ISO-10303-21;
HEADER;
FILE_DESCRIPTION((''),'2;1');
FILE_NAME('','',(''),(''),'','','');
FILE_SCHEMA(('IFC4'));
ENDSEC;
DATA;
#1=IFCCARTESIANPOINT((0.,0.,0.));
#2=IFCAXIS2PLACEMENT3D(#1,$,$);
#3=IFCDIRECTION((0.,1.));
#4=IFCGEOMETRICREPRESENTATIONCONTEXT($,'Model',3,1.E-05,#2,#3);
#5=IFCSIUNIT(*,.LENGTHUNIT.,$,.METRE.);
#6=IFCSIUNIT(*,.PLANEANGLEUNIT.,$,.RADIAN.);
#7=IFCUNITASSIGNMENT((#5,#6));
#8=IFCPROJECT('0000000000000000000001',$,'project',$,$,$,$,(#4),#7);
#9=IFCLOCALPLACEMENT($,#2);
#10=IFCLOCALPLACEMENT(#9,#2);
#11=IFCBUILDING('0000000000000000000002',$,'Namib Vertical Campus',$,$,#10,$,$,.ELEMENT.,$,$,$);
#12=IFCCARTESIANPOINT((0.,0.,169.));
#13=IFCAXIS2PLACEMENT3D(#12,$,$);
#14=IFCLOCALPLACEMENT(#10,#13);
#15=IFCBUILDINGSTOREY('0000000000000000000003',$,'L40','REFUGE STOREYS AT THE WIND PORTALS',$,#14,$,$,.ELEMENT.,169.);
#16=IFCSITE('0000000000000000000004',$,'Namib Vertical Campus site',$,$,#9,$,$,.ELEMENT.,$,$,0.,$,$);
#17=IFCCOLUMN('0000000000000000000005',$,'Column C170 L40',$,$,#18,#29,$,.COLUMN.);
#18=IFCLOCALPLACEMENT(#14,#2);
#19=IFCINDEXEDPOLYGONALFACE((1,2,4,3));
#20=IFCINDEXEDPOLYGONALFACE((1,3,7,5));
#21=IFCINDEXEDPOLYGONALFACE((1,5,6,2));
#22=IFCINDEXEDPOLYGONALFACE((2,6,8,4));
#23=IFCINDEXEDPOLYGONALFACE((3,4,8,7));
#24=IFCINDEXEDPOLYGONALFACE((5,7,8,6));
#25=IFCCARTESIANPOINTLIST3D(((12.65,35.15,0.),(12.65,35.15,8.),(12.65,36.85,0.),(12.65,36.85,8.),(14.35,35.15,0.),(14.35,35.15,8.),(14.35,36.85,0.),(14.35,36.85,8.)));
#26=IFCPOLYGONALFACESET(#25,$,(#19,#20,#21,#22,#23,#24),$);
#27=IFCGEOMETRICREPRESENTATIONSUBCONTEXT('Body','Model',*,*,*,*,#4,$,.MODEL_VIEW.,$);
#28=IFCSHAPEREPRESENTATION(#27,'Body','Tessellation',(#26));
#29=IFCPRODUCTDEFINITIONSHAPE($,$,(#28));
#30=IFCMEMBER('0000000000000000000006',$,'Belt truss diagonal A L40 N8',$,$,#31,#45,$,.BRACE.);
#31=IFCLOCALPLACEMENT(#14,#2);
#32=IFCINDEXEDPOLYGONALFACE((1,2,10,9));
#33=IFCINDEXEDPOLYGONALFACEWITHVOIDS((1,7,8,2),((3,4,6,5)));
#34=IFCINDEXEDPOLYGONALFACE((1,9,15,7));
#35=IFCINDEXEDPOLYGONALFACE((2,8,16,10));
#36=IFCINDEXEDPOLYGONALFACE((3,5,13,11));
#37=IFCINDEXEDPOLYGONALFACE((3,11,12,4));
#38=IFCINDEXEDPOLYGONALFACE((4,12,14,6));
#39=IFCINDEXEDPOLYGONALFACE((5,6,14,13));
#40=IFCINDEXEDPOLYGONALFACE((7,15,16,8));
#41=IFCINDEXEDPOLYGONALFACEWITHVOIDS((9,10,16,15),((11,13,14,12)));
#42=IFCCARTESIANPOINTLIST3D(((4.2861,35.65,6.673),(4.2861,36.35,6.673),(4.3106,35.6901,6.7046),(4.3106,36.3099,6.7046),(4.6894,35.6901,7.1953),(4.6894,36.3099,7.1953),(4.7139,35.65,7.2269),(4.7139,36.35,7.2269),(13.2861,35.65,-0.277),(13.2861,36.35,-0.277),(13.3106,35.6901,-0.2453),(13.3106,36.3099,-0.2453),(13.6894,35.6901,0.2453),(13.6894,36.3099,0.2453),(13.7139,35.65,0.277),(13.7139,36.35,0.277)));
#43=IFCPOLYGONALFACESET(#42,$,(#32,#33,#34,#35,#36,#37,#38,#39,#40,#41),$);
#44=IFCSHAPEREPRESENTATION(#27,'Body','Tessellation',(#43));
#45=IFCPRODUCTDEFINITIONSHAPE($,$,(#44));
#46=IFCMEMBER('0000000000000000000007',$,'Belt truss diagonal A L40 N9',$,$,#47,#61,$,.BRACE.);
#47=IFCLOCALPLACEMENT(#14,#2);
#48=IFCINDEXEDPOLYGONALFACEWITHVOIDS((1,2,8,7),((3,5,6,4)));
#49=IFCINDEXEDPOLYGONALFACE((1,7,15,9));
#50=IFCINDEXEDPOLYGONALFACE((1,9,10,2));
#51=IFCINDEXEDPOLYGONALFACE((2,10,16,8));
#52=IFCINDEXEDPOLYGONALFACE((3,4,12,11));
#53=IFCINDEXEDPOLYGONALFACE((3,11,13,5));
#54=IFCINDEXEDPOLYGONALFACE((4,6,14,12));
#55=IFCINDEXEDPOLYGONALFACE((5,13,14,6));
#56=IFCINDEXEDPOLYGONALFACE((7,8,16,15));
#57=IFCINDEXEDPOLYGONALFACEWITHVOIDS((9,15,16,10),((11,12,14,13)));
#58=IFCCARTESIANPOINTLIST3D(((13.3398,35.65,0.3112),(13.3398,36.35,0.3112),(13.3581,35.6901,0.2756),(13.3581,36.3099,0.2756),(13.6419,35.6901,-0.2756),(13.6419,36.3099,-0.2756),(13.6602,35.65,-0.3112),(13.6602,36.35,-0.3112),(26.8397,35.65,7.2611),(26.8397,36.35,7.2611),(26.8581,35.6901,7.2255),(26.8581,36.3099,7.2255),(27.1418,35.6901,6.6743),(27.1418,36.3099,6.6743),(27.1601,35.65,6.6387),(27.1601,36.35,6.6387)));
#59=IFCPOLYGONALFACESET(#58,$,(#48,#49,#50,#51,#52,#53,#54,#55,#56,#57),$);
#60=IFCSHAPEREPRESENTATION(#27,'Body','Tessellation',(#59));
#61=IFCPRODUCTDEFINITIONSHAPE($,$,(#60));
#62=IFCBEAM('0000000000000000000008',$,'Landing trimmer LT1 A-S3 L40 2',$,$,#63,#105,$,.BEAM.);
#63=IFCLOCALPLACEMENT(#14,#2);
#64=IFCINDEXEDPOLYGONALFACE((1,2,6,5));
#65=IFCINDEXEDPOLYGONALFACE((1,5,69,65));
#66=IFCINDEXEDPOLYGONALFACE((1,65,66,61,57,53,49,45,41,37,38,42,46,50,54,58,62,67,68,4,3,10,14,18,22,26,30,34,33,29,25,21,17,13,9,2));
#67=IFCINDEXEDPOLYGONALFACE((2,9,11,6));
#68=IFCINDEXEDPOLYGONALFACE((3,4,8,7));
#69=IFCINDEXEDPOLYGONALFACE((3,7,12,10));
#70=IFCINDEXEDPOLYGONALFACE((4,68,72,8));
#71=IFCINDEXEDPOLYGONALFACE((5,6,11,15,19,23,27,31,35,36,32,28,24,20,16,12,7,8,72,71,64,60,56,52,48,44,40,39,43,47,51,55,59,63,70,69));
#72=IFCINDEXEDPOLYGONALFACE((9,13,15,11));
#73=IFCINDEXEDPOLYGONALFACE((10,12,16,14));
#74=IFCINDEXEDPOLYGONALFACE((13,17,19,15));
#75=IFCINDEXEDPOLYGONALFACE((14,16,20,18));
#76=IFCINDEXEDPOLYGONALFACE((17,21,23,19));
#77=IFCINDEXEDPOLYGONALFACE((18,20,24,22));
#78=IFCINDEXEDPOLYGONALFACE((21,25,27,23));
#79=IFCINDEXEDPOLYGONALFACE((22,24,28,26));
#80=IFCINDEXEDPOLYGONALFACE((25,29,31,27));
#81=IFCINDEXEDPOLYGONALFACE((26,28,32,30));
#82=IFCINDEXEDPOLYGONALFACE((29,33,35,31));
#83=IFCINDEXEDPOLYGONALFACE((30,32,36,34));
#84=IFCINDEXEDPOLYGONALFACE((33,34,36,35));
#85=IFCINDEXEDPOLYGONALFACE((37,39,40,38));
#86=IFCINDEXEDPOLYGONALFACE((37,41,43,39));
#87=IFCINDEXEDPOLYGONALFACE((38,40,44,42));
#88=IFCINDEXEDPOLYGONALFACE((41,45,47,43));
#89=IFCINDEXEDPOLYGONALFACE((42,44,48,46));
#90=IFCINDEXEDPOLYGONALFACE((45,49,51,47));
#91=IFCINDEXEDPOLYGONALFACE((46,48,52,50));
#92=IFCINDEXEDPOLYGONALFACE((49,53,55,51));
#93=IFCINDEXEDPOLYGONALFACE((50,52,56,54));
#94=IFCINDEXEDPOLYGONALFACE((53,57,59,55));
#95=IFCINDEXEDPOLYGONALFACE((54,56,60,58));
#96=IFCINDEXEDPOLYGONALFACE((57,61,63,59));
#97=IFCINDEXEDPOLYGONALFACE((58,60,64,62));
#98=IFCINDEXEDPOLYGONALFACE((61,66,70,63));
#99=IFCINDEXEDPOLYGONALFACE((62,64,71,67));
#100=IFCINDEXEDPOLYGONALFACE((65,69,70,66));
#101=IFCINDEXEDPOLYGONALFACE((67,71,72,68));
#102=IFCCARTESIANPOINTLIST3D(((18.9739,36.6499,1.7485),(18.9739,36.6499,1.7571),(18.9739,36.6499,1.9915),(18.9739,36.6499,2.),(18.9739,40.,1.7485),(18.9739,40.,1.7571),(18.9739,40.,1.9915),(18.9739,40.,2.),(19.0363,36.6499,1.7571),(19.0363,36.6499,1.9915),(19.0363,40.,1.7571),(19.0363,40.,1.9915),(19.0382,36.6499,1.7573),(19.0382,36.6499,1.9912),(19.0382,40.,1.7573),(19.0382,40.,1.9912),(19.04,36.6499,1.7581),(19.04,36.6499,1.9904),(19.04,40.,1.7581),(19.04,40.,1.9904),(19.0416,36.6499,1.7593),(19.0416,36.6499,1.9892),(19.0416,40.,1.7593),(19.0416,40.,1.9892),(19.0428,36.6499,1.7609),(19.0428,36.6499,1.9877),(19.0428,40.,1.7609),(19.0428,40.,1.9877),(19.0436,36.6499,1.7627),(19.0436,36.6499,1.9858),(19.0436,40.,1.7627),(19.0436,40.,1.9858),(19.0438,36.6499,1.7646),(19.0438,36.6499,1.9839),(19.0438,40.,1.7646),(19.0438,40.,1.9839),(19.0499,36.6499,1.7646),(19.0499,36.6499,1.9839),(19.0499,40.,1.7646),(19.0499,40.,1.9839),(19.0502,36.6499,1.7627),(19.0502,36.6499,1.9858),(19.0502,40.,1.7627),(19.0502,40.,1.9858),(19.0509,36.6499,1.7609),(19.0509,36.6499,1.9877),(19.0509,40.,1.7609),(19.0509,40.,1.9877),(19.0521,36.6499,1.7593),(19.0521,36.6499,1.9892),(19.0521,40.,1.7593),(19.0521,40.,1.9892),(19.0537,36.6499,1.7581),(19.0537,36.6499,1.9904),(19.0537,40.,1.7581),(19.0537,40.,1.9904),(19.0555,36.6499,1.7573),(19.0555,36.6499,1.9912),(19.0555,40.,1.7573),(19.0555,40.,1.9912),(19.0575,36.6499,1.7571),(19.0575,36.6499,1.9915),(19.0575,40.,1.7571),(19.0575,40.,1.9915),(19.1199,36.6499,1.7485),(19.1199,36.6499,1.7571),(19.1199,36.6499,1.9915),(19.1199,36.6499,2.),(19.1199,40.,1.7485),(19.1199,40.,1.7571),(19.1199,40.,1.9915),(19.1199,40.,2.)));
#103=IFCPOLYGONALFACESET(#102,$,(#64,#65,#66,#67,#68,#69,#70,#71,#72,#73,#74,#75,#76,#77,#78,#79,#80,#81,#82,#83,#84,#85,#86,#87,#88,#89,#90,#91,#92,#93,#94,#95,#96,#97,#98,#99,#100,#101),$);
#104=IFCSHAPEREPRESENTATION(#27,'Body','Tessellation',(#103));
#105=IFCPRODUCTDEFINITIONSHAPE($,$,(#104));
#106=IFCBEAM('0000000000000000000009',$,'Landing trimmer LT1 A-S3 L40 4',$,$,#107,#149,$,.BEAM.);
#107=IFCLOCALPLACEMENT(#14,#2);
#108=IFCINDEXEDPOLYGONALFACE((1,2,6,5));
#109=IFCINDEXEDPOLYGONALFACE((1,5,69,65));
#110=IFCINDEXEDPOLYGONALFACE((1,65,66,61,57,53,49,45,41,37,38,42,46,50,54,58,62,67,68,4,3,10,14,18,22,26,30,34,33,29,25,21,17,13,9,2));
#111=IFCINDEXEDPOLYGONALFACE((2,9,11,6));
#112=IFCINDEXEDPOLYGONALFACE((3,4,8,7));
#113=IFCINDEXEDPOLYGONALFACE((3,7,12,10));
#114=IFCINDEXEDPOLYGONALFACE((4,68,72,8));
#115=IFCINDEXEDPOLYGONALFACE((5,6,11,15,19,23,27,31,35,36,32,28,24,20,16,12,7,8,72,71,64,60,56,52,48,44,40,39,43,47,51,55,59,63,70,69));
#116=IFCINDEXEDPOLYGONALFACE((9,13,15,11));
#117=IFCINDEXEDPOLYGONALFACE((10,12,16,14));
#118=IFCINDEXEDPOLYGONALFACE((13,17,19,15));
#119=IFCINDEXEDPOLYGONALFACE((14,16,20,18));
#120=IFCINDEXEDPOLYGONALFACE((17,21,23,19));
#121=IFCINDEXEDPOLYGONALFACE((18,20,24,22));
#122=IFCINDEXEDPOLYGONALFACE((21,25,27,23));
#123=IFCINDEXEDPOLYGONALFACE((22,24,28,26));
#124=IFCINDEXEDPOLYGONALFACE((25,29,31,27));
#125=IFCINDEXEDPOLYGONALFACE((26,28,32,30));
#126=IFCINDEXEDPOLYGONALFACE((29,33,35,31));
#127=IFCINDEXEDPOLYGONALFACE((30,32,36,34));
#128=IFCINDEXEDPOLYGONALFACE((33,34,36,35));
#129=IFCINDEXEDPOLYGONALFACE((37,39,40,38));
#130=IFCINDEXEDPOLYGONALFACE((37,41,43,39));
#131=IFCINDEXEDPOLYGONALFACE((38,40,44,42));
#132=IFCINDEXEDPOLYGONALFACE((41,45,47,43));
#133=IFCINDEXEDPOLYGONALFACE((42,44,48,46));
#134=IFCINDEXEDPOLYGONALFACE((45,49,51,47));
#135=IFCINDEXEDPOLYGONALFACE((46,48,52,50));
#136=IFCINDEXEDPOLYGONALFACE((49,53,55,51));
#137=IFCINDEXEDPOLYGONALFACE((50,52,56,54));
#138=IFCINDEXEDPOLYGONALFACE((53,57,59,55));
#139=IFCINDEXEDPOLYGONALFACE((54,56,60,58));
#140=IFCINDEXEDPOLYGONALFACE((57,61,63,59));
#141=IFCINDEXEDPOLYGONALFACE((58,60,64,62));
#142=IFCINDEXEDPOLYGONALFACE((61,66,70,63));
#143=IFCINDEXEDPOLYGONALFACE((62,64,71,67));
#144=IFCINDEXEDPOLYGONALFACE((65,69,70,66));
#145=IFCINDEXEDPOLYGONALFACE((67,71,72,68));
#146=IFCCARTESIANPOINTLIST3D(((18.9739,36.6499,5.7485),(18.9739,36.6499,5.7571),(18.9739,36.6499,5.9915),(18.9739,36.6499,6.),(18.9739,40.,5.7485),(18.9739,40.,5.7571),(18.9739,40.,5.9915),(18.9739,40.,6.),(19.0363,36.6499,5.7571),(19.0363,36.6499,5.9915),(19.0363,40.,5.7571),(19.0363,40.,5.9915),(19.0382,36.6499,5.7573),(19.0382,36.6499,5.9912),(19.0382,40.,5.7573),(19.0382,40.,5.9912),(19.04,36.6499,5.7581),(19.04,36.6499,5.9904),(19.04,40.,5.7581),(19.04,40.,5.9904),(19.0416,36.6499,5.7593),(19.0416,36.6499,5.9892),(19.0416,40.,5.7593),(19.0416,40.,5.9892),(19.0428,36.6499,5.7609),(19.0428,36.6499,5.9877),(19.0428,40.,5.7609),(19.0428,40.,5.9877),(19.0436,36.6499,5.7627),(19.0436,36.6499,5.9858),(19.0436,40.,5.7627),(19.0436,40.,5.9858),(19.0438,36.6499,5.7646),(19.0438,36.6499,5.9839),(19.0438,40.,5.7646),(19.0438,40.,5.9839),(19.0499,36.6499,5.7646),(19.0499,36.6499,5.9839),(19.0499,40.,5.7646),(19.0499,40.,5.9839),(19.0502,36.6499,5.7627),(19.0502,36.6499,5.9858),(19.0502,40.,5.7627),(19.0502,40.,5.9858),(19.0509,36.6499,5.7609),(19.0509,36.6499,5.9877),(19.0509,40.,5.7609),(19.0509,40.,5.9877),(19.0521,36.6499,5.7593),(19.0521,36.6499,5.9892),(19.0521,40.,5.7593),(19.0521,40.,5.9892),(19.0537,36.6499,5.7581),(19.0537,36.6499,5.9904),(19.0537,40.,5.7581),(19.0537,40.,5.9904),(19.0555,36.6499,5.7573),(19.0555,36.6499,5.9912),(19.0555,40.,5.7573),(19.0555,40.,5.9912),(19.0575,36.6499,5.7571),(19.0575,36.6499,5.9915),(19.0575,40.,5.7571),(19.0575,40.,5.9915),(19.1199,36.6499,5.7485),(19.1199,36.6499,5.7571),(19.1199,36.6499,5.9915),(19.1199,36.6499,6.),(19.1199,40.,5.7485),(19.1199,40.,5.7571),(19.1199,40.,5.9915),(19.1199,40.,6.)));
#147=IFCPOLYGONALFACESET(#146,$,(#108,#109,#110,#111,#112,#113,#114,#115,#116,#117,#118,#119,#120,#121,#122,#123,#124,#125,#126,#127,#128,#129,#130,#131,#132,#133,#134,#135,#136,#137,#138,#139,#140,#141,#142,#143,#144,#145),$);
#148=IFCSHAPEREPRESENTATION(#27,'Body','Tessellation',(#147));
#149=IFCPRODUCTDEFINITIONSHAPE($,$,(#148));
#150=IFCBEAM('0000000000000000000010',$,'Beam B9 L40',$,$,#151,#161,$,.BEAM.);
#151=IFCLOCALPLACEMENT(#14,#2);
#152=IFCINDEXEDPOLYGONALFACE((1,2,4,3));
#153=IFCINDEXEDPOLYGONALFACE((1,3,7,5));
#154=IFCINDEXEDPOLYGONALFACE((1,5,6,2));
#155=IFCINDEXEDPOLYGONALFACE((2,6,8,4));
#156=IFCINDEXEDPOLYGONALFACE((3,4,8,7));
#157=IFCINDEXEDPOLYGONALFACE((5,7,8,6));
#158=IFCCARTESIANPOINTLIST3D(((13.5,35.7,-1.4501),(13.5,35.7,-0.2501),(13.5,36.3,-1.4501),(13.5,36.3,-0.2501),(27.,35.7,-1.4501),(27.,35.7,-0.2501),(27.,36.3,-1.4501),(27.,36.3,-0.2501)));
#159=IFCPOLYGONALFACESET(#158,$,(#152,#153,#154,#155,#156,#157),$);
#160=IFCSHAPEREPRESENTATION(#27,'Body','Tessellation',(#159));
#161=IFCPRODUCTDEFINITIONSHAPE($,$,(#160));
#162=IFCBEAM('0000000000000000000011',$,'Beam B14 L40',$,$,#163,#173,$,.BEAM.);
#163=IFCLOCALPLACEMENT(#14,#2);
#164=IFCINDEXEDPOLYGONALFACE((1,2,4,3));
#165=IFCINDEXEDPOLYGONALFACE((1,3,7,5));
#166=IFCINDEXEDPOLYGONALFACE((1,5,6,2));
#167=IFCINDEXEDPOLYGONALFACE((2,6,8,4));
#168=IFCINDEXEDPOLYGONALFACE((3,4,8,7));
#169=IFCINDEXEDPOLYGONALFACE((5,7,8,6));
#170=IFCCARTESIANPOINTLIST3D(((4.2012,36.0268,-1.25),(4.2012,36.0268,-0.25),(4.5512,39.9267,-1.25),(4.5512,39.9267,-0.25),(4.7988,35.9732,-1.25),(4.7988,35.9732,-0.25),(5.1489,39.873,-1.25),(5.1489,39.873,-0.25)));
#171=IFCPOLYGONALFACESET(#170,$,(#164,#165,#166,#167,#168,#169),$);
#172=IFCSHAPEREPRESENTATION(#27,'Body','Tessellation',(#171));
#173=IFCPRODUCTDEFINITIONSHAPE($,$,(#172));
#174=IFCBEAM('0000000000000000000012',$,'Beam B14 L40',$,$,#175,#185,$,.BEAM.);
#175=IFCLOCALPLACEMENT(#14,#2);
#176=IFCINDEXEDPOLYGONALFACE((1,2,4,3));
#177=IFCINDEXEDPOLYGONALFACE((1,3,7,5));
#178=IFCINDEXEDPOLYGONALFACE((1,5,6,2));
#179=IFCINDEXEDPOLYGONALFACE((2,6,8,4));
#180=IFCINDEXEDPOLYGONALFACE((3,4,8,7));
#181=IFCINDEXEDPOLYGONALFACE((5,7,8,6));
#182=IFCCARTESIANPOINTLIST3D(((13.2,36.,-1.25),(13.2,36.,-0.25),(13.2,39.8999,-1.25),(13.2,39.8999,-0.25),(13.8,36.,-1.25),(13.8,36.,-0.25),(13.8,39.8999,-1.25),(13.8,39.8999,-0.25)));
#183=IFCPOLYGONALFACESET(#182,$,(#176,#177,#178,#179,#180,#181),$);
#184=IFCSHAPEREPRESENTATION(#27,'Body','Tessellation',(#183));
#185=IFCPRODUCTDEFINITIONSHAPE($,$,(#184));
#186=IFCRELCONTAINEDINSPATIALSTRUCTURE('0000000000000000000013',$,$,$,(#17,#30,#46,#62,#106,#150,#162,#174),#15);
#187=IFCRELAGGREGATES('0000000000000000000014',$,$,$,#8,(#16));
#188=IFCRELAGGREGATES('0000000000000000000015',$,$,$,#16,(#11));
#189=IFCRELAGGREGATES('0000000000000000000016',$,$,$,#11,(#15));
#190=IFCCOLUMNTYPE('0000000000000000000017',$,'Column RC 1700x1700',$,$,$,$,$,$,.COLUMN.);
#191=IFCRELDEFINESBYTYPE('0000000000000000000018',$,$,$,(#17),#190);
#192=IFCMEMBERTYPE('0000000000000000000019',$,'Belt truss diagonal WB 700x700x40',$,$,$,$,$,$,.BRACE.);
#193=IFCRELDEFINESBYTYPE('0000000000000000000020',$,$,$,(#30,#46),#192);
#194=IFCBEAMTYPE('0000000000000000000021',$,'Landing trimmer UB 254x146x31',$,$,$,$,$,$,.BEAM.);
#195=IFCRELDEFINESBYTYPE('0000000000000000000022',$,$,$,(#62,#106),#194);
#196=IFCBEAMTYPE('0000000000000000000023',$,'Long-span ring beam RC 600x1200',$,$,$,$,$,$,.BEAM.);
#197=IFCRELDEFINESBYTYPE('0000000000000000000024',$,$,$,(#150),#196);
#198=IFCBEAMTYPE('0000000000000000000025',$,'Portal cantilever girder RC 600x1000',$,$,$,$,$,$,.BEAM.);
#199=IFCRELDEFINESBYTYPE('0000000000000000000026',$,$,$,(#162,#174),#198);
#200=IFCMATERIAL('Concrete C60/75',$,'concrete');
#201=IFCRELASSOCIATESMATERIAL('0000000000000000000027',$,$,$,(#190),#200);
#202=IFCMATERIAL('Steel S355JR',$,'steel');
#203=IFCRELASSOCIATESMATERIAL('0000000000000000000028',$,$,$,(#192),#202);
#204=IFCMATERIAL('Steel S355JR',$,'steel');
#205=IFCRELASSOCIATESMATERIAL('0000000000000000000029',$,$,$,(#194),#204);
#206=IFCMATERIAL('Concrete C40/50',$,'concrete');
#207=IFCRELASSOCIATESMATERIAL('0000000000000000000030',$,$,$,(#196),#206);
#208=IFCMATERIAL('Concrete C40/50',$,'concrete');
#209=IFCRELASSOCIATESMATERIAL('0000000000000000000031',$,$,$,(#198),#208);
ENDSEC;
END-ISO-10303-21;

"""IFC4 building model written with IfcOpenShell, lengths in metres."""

from ifc_helpers import new_model, si_unit, direction, frame, origin, origin_2d, place, context, subcontext, project, spatial, rectangle, hollow_rectangle, i_section, extrude, material, material_profile, profile_set, type_object, element, save


model = new_model("IFC4")

# Units and contexts
model_context = context("Model", 3, precision=1e-05, world=origin(), true_north=direction((0.0, 1.0)))
body_context = subcontext(model_context, "Body", "Model", "MODEL_VIEW")
ifc_project = project(units=[si_unit("LENGTHUNIT", "METRE"), si_unit("PLANEANGLEUNIT", "RADIAN")], contexts=[model_context])

# Site, building, storey
site_placement = place(None, origin())
site = spatial("IfcSite", under=ifc_project, at=site_placement, Name="Namib Vertical Campus site", CompositionType="ELEMENT", RefElevation=0.0)
building_placement = place(site_placement, origin())
building = spatial("IfcBuilding", under=site, at=building_placement, Name="Namib Vertical Campus", CompositionType="ELEMENT")
storey_placement = place(building_placement, frame((0.0, 0.0, 169.0)))
storey = spatial("IfcBuildingStorey", under=building, at=storey_placement, Name="L40", Description="REFUGE STOREYS AT THE WIND PORTALS", CompositionType="ELEMENT", Elevation=169.0)

# Column
ifc_material_1 = material(Name="Concrete C60/75", Category="concrete")
ifc_material_profile_1 = material_profile(ifc_material_1, rectangle(XDim=1.7, YDim=1.7, at=origin_2d()))
ifc_profile_set_1 = profile_set([ifc_material_profile_1], Name="Concrete C60/75")
column_type = type_object("IfcColumnType", Name="Column RC 1700x1700", PredefinedType="COLUMN", material=ifc_profile_set_1)
column_placement = place(storey_placement, frame((13.5, 36.0, 0.0), z_axis=(0.0, 0.0, 1.0), x_axis=(1.0, 0.0, 0.0)))
element("IfcColumn", 1, at=column_placement, inside=storey, type_object=column_type, Name="Column C170 L40", PredefinedType="COLUMN", context=body_context, shape_type="SweptSolid", body=[
    extrude(rectangle(XDim=1.7, YDim=1.7, at=origin_2d()), origin(), (0.0, 0.0, 1.0), 8.0),
])

# Members
ifc_material_2 = material(Name="Steel S355JR", Category="steel")
ifc_material_profile_2 = material_profile(ifc_material_2, hollow_rectangle(XDim=0.7, YDim=0.7, WallThickness=0.04, at=origin_2d()))
ifc_profile_set_2 = profile_set([ifc_material_profile_2], Name="Steel S355JR")
member_type = type_object("IfcMemberType", Name="Belt truss diagonal WB 700x700x40", PredefinedType="BRACE", material=ifc_profile_set_2)
member_1_placement = place(storey_placement, frame((13.5, 36.0, 0.0), z_axis=(-0.79148, 0.0, 0.611194), x_axis=(0.0, -1.0, 0.0)))
element("IfcMember", 2, at=member_1_placement, inside=storey, type_object=member_type, Name="Belt truss diagonal A L40 N8", PredefinedType="BRACE", context=body_context, shape_type="SweptSolid", body=[
    extrude(hollow_rectangle(XDim=0.7, YDim=0.7, WallThickness=0.04, at=origin_2d()), origin(), (0.0, 0.0, 1.0), 11.3711),
])
member_2_placement = place(storey_placement, frame((13.5, 36.0, 0.0), z_axis=(0.889098, 0.0, 0.457717), x_axis=(0.0, 1.0, 0.0)))
element("IfcMember", 3, at=member_2_placement, inside=storey, type_object=member_type, Name="Belt truss diagonal A L40 N9", PredefinedType="BRACE", context=body_context, shape_type="SweptSolid", body=[
    extrude(hollow_rectangle(XDim=0.7, YDim=0.7, WallThickness=0.04, at=origin_2d()), origin(), (0.0, 0.0, 1.0), 15.1838),
])

# Beams
ifc_material_3 = material(Name="Steel S355JR", Category="steel")
ifc_material_profile_3 = material_profile(ifc_material_3, i_section(OverallWidth=0.146, OverallDepth=0.2515, WebThickness=0.0061, FlangeThickness=0.0085, FilletRadius=0.0076, at=origin_2d()))
ifc_profile_set_3 = profile_set([ifc_material_profile_3], Name="Steel S355JR")
beam_type_1 = type_object("IfcBeamType", Name="Landing trimmer UB 254x146x31", PredefinedType="BEAM", material=ifc_profile_set_3)
for number, where, z_axis, x_axis, name in (
    (4, (19.0469, 36.6499, 1.8743), (0.0, 1.0, 0.0), (-1.0, 0.0, 0.0), "Landing trimmer LT1 A-S3 L40 2"),
    (5, (19.0469, 36.6499, 5.8743), (0.0, 1.0, 0.0), (-1.0, 0.0, 0.0), "Landing trimmer LT1 A-S3 L40 4"),
):
    element("IfcBeam", number, at=place(storey_placement, frame(where, z_axis=z_axis, x_axis=x_axis)), inside=storey, type_object=beam_type_1, Name=name, PredefinedType="BEAM", context=body_context, shape_type="SweptSolid", body=[
        extrude(i_section(OverallWidth=0.146, OverallDepth=0.2515, WebThickness=0.0061, FlangeThickness=0.0085, FilletRadius=0.0076, at=origin_2d()), origin(), (0.0, 0.0, 1.0), 3.3501),
    ])
ifc_material_4 = material(Name="Concrete C40/50", Category="concrete")
ifc_material_profile_4 = material_profile(ifc_material_4, rectangle(XDim=0.6001, YDim=1.2, at=origin_2d()))
ifc_profile_set_4 = profile_set([ifc_material_profile_4], Name="Concrete C40/50")
beam_type_2 = type_object("IfcBeamType", Name="Long-span ring beam RC 600x1200", PredefinedType="BEAM", material=ifc_profile_set_4)
beam_1_placement = place(storey_placement, frame((13.5, 36.0, -0.8501), z_axis=(1.0, 0.0, 0.0), x_axis=(0.0, 1.0, 0.0)))
element("IfcBeam", 6, at=beam_1_placement, inside=storey, type_object=beam_type_2, Name="Beam B9 L40", PredefinedType="BEAM", context=body_context, shape_type="SweptSolid", body=[
    extrude(rectangle(XDim=0.6001, YDim=1.2, at=origin_2d()), origin(), (0.0, 0.0, 1.0), 13.5),
])
ifc_material_5 = material(Name="Concrete C40/50", Category="concrete")
ifc_material_profile_5 = material_profile(ifc_material_5, rectangle(XDim=0.6001, YDim=1.0, at=origin_2d()))
ifc_profile_set_5 = profile_set([ifc_material_profile_5], Name="Concrete C40/50")
beam_type_3 = type_object("IfcBeamType", Name="Portal cantilever girder RC 600x1000", PredefinedType="BEAM", material=ifc_profile_set_5)
beam_2_placement = place(storey_placement, frame((4.5, 36.0, -0.75), z_axis=(0.089411, 0.995995, 0.0), x_axis=(-0.995995, 0.089411, 0.0)))
element("IfcBeam", 7, at=beam_2_placement, inside=storey, type_object=beam_type_3, Name="Beam B14 L40", PredefinedType="BEAM", context=body_context, shape_type="SweptSolid", body=[
    extrude(rectangle(XDim=0.6001, YDim=1.0, at=origin_2d()), origin(), (0.0, 0.0, 1.0), 3.9155),
])
beam_3_placement = place(storey_placement, frame((13.5, 36.0, -0.75), z_axis=(0.0, 1.0, 0.0), x_axis=(-1.0, 0.0, 0.0)))
element("IfcBeam", 8, at=beam_3_placement, inside=storey, type_object=beam_type_3, Name="Beam B14 L40", PredefinedType="BEAM", context=body_context, shape_type="SweptSolid", body=[
    extrude(rectangle(XDim=0.6001, YDim=1.0, at=origin_2d()), origin(), (0.0, 0.0, 1.0), 3.8999),
])

save(model, "model.ifc")
